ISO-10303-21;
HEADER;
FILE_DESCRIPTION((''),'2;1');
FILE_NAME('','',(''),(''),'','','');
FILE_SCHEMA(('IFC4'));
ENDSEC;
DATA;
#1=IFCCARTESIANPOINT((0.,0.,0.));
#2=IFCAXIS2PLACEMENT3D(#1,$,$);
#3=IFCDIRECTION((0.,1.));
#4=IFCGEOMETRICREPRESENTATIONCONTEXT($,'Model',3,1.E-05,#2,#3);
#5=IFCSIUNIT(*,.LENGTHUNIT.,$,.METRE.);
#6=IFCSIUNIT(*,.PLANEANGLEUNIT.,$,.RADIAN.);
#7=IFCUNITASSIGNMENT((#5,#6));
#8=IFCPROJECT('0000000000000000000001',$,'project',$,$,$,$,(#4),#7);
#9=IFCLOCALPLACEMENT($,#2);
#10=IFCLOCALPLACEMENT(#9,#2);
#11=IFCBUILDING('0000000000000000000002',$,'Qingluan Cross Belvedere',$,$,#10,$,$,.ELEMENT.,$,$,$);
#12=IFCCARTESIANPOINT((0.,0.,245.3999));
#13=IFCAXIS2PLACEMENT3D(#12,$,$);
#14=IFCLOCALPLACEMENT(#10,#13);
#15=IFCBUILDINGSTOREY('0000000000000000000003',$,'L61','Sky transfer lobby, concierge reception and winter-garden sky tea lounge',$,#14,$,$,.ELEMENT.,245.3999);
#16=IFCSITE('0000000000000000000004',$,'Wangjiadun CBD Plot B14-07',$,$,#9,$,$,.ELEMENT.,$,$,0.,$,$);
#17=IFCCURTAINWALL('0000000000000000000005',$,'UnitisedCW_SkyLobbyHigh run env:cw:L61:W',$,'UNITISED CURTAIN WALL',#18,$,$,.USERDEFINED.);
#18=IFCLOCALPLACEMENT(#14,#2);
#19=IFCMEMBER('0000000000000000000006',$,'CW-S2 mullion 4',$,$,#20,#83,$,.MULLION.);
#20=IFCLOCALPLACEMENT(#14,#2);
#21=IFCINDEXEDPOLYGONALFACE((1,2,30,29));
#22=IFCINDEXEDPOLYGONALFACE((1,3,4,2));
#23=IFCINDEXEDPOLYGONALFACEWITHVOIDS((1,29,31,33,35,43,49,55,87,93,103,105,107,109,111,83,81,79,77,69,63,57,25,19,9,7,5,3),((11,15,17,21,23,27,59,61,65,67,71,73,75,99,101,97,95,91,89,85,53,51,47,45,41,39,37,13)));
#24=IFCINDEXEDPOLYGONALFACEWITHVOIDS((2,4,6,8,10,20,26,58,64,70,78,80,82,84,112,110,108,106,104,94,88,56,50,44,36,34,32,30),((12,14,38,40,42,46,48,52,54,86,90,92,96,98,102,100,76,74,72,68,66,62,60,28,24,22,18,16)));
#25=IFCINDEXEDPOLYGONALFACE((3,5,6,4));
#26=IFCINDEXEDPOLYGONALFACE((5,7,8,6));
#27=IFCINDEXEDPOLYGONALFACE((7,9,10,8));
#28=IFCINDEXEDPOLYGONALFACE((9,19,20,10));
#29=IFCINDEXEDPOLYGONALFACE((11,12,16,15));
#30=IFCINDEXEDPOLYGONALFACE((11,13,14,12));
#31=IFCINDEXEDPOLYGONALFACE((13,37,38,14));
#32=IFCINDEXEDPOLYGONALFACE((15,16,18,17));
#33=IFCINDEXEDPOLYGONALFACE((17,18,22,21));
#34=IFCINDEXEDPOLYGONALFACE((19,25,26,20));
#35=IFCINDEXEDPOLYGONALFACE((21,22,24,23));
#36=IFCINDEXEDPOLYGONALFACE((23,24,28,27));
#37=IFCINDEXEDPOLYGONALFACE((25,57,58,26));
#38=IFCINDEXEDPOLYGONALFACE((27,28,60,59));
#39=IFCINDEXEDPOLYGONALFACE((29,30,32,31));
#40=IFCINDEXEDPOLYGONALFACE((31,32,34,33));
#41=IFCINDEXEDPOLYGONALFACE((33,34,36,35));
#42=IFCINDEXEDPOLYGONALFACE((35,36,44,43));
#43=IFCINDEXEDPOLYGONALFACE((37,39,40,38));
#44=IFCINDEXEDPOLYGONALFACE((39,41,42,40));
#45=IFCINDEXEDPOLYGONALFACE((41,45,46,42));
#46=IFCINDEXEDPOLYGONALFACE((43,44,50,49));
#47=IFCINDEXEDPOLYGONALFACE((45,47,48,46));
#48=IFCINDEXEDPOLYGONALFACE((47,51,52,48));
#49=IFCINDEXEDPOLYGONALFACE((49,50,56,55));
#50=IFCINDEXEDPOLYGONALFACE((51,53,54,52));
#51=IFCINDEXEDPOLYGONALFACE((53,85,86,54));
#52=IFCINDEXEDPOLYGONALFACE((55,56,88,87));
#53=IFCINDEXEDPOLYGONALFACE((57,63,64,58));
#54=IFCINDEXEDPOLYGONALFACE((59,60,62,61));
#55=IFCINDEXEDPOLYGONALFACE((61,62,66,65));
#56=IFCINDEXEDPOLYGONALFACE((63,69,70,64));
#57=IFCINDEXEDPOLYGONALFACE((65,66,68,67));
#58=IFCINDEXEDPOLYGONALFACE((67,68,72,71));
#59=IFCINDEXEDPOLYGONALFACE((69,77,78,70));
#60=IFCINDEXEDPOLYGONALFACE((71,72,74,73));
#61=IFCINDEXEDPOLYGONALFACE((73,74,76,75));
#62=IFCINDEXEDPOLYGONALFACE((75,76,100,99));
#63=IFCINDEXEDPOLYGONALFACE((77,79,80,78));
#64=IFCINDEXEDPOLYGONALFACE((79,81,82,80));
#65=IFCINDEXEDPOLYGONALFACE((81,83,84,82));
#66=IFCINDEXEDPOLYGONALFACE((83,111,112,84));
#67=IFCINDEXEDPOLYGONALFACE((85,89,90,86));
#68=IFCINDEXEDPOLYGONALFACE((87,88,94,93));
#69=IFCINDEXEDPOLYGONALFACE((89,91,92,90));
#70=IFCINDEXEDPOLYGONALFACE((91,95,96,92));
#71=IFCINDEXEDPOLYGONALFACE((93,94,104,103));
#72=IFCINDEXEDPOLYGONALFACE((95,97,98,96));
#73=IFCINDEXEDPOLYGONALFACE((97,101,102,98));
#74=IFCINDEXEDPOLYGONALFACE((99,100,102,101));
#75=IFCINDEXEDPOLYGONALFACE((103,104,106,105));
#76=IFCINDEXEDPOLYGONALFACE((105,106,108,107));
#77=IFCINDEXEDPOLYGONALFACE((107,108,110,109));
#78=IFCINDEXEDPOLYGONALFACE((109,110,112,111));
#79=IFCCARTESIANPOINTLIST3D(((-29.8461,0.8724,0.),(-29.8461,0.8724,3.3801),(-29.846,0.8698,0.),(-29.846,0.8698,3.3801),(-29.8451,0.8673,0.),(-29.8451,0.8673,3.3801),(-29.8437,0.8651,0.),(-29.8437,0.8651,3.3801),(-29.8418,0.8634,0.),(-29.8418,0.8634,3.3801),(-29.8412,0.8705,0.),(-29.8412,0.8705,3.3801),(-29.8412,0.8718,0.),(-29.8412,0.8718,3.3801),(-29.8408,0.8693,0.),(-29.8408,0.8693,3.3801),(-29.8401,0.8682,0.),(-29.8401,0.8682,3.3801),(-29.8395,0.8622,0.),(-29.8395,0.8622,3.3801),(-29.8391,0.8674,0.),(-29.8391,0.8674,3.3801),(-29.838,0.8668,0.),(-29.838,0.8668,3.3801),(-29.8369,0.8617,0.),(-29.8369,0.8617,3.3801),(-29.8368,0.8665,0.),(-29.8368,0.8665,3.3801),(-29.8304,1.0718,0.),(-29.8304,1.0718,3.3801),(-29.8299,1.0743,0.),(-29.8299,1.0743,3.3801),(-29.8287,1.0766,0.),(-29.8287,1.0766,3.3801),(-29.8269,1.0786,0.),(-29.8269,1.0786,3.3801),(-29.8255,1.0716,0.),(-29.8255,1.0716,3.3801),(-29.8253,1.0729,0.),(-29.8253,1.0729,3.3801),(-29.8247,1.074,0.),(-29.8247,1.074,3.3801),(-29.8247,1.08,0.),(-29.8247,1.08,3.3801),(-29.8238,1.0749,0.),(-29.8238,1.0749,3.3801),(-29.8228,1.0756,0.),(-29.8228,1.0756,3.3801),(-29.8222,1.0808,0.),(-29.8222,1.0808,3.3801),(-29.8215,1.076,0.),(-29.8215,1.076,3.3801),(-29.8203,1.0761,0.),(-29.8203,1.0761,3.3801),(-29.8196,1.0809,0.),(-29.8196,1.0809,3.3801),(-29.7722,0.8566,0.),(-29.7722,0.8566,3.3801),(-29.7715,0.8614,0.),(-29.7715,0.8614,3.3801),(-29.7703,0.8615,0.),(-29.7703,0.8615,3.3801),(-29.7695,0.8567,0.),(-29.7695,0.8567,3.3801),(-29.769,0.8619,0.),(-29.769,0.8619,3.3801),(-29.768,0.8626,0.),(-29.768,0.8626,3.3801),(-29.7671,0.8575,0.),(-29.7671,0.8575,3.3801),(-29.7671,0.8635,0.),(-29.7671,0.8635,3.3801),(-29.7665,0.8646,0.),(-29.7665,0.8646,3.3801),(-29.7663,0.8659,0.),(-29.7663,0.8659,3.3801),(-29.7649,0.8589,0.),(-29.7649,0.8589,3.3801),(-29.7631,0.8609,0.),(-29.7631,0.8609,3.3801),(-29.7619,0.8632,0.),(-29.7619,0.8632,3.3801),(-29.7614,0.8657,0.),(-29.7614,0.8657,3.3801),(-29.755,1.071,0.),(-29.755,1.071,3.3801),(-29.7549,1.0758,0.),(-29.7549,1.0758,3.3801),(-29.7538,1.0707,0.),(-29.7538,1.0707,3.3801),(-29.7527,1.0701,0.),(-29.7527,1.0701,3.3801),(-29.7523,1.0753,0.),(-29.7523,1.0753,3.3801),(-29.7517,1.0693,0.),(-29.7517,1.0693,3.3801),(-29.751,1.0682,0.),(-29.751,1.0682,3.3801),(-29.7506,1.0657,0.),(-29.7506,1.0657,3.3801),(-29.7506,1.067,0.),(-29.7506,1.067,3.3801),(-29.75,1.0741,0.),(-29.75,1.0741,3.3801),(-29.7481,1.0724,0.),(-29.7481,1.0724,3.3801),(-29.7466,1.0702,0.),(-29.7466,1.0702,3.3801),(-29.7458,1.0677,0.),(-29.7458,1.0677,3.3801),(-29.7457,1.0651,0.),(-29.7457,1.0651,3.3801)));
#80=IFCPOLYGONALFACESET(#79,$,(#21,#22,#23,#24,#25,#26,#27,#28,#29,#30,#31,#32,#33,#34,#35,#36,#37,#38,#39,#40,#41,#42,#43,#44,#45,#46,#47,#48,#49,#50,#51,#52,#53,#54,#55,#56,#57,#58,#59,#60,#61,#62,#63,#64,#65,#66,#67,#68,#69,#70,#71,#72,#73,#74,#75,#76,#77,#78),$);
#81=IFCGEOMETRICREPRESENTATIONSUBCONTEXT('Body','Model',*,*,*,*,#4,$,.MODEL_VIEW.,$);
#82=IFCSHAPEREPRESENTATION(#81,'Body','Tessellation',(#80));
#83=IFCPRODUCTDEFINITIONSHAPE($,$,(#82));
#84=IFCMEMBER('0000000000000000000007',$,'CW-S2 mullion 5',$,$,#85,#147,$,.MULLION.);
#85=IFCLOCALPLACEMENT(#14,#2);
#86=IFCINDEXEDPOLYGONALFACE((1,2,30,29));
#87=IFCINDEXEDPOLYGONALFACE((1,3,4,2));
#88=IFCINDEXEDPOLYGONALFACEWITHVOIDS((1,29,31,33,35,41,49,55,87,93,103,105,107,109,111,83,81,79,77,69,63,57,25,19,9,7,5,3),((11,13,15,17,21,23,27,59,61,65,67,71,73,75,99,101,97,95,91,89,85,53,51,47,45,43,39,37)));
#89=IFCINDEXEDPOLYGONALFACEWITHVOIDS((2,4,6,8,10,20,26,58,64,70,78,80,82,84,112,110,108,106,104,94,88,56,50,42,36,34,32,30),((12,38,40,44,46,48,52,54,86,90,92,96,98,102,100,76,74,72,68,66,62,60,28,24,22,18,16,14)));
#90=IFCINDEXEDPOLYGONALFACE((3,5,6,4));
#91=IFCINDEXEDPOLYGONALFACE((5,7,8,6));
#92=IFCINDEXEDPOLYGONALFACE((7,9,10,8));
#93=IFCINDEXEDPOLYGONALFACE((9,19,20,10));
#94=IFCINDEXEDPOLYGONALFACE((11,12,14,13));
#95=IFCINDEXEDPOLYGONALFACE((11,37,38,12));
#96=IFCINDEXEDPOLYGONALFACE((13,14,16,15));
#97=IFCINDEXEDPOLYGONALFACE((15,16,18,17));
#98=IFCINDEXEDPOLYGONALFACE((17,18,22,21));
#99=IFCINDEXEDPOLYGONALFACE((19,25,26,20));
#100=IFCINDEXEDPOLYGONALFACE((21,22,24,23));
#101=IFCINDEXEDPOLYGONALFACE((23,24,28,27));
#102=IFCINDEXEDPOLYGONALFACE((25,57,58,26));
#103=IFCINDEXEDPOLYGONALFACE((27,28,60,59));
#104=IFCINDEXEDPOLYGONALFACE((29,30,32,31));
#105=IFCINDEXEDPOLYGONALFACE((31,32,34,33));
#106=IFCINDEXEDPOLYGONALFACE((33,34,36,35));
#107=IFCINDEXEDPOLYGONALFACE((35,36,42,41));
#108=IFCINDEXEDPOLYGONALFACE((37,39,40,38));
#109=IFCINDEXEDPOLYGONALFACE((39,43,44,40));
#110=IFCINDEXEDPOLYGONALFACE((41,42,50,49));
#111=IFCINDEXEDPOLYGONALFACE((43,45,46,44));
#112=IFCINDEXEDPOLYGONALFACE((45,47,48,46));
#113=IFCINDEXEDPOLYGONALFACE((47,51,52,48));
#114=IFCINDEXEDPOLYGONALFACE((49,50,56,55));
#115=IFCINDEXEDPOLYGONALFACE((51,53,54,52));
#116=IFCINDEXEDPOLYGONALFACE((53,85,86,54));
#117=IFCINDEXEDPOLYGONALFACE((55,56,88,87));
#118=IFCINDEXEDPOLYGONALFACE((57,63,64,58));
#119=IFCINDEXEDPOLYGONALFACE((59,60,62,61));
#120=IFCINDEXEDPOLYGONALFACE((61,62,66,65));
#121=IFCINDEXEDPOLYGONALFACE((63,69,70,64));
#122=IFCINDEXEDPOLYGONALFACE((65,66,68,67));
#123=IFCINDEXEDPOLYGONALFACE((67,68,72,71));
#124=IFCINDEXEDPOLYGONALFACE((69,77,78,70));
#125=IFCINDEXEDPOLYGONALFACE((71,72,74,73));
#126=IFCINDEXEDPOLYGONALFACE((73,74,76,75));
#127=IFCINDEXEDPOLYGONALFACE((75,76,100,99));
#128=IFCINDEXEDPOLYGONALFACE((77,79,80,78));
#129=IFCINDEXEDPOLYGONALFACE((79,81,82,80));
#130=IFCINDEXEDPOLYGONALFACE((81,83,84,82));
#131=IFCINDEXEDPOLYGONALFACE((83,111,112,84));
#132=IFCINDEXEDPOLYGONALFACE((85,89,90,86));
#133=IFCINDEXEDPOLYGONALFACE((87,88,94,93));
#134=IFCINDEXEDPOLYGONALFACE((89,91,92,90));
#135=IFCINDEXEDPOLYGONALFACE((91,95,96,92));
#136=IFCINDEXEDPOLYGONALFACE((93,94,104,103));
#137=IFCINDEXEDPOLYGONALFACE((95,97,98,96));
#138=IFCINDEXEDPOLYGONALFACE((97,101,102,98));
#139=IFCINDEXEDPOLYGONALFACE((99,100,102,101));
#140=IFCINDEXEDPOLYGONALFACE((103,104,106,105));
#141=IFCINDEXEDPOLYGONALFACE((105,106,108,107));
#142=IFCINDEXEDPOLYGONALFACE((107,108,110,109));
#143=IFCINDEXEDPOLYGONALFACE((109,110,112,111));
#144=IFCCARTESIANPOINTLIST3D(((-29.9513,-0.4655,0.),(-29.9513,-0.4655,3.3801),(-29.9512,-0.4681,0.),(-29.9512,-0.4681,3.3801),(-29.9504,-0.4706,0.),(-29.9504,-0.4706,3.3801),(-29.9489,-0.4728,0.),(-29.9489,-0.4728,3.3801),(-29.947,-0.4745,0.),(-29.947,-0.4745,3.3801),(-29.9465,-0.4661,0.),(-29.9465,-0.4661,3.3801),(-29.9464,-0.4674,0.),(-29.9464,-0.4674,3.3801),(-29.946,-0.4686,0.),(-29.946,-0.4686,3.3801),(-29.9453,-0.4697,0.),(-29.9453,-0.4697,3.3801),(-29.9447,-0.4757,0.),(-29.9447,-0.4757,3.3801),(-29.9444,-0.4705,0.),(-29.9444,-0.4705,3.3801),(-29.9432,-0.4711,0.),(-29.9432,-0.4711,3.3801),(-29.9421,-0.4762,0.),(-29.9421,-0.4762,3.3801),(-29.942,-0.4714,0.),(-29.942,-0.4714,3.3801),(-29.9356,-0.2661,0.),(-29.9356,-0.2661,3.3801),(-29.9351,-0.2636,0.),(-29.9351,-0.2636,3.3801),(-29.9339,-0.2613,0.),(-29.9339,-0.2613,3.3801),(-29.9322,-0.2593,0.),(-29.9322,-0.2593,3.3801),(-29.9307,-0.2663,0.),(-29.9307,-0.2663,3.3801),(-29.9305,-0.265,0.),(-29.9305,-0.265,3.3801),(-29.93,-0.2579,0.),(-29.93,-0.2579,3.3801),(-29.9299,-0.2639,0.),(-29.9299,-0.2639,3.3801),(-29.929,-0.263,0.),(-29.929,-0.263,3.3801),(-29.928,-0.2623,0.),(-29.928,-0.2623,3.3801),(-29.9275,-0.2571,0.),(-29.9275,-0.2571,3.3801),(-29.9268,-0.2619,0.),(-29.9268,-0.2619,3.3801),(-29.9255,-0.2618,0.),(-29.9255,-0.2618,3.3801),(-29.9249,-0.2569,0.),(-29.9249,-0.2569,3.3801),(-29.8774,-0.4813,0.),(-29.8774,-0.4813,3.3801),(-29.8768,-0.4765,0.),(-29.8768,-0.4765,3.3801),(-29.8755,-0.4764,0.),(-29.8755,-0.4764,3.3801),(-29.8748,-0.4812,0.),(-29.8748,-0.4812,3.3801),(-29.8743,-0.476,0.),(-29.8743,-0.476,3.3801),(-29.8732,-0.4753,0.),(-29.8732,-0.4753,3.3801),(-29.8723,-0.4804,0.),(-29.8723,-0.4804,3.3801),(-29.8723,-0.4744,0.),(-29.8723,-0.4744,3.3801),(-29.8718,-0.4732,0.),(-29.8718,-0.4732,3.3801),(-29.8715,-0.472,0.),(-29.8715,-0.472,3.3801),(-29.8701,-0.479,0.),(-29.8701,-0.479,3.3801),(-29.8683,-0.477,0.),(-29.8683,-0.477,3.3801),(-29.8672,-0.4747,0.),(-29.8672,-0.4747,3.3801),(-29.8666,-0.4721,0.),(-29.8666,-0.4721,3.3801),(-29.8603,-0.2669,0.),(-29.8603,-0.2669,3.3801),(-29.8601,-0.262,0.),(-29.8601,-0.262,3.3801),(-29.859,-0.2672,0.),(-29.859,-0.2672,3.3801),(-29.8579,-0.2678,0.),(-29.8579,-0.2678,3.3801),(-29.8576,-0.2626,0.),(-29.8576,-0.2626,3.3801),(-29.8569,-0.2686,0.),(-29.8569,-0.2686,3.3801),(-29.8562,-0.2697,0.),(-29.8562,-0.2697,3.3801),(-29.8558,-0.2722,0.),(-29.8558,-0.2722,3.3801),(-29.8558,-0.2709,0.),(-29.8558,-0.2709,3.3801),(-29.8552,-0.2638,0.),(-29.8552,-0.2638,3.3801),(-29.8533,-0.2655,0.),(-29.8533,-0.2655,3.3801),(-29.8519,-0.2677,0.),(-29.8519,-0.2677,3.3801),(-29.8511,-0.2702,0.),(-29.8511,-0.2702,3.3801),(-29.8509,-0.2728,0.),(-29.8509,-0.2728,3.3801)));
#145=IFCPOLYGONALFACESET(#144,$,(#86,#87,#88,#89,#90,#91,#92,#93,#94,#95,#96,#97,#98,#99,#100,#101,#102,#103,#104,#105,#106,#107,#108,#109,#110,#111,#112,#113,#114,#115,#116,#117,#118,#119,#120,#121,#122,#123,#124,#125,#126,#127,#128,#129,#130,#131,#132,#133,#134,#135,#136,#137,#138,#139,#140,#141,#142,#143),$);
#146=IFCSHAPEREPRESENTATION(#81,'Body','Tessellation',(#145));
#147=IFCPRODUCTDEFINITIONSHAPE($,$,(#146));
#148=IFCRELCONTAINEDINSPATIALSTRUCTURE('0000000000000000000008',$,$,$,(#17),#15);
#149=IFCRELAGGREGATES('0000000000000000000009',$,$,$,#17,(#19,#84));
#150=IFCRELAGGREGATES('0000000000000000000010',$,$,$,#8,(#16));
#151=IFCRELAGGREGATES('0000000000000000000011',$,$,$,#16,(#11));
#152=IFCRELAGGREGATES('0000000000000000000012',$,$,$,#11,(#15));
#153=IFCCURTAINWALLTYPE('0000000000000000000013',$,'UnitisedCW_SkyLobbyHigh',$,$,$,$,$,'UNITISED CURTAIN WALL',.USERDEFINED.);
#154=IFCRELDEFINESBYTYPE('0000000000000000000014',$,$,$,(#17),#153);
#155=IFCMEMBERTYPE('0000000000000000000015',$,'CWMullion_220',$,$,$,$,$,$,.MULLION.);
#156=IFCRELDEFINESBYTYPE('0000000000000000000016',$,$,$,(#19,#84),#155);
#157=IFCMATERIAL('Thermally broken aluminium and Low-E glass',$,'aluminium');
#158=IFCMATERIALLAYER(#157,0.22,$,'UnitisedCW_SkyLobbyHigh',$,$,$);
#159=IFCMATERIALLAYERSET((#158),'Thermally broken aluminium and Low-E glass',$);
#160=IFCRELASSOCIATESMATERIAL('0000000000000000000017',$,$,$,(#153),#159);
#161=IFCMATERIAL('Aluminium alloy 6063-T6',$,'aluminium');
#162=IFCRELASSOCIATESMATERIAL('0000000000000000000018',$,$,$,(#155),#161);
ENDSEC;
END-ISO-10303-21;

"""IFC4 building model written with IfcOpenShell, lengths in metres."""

from ifc_helpers import new_model, si_unit, direction, frame, origin, origin_2d, place, context, subcontext, project, spatial, hollow_rectangle, extrude, material, layer, layer_set, material_profile, profile_set, type_object, element, aggregate, save


model = new_model("IFC4")

# Units and contexts
model_context = context("Model", 3, precision=1e-05, world=origin(), true_north=direction((0.0, 1.0)))
body_context = subcontext(model_context, "Body", "Model", "MODEL_VIEW")
ifc_project = project(units=[si_unit("LENGTHUNIT", "METRE"), si_unit("PLANEANGLEUNIT", "RADIAN")], contexts=[model_context])

# Site, building, storey
site_placement = place(None, origin())
site = spatial("IfcSite", under=ifc_project, at=site_placement, Name="Wangjiadun CBD Plot B14-07", CompositionType="ELEMENT", RefElevation=0.0)
building_placement = place(site_placement, origin())
building = spatial("IfcBuilding", under=site, at=building_placement, Name="Qingluan Cross Belvedere", CompositionType="ELEMENT")
storey_placement = place(building_placement, frame((0.0, 0.0, 245.3999)))
storey = spatial("IfcBuildingStorey", under=building, at=storey_placement, Name="L61", Description="Sky transfer lobby, concierge reception and winter-garden sky tea lounge", CompositionType="ELEMENT", Elevation=245.3999)

# Curtain wall, members
ifc_material_1 = material(Name="Thermally broken aluminium and Low-E glass", Category="aluminium")
ifc_layer_1 = layer(ifc_material_1, 0.22, Name="UnitisedCW_SkyLobbyHigh")
ifc_layer_set_1 = layer_set([ifc_layer_1], Name="Thermally broken aluminium and Low-E glass")
curtain_wall_type = type_object("IfcCurtainWallType", Name="UnitisedCW_SkyLobbyHigh", ElementType="UNITISED CURTAIN WALL", PredefinedType="USERDEFINED", material=ifc_layer_set_1)
curtain_wall_placement = place(storey_placement, origin())
curtain_wall = element("IfcCurtainWall", 1, at=curtain_wall_placement, inside=storey, type_object=curtain_wall_type, Name="UnitisedCW_SkyLobbyHigh run env:cw:L61:W", ObjectType="UNITISED CURTAIN WALL", PredefinedType="USERDEFINED")
ifc_material_2 = material(Name="Aluminium alloy 6063-T6", Category="aluminium")
ifc_material_profile_1 = material_profile(ifc_material_2, hollow_rectangle(XDim=0.085, YDim=0.22, WallThickness=0.0049, InnerFilletRadius=0.0049, OuterFilletRadius=0.01, at=origin_2d()), Name="CWM220x85x5")
ifc_profile_set_1 = profile_set([ifc_material_profile_1], Name="Aluminium alloy 6063-T6")
member_type_1 = type_object("IfcMemberType", Name="CWMullion_220", PredefinedType="MULLION", material=ifc_profile_set_1)
member_1_placement = place(storey_placement, frame((-29.7959, 0.9688, 0.0), z_axis=(0.0, 0.0, 1.0), x_axis=(0.996917, -0.078462, 0.0)))
member_1 = element("IfcMember", 2, at=member_1_placement, type_object=member_type_1, Name="CW-S2 mullion 4", PredefinedType="MULLION", context=body_context, shape_type="SweptSolid", body=[
    extrude(hollow_rectangle(XDim=0.085, YDim=0.22, WallThickness=0.0049, InnerFilletRadius=0.0049, OuterFilletRadius=0.01, at=origin_2d()), origin(), (0.0, 0.0, 1.0), 3.3801),
])
member_2_placement = place(storey_placement, frame((-29.9011, -0.3691, 0.0), z_axis=(0.0, 0.0, 1.0), x_axis=(0.996917, -0.078462, 0.0)))
member_2 = element("IfcMember", 3, at=member_2_placement, type_object=member_type_1, Name="CW-S2 mullion 5", PredefinedType="MULLION", context=body_context, shape_type="SweptSolid", body=[
    extrude(hollow_rectangle(XDim=0.085, YDim=0.22, WallThickness=0.0049, InnerFilletRadius=0.0049, OuterFilletRadius=0.01, at=origin_2d()), origin(), (0.0, 0.0, 1.0), 3.3801),
])
aggregate(curtain_wall, [member_1, member_2])

save(model, "model.ifc")
